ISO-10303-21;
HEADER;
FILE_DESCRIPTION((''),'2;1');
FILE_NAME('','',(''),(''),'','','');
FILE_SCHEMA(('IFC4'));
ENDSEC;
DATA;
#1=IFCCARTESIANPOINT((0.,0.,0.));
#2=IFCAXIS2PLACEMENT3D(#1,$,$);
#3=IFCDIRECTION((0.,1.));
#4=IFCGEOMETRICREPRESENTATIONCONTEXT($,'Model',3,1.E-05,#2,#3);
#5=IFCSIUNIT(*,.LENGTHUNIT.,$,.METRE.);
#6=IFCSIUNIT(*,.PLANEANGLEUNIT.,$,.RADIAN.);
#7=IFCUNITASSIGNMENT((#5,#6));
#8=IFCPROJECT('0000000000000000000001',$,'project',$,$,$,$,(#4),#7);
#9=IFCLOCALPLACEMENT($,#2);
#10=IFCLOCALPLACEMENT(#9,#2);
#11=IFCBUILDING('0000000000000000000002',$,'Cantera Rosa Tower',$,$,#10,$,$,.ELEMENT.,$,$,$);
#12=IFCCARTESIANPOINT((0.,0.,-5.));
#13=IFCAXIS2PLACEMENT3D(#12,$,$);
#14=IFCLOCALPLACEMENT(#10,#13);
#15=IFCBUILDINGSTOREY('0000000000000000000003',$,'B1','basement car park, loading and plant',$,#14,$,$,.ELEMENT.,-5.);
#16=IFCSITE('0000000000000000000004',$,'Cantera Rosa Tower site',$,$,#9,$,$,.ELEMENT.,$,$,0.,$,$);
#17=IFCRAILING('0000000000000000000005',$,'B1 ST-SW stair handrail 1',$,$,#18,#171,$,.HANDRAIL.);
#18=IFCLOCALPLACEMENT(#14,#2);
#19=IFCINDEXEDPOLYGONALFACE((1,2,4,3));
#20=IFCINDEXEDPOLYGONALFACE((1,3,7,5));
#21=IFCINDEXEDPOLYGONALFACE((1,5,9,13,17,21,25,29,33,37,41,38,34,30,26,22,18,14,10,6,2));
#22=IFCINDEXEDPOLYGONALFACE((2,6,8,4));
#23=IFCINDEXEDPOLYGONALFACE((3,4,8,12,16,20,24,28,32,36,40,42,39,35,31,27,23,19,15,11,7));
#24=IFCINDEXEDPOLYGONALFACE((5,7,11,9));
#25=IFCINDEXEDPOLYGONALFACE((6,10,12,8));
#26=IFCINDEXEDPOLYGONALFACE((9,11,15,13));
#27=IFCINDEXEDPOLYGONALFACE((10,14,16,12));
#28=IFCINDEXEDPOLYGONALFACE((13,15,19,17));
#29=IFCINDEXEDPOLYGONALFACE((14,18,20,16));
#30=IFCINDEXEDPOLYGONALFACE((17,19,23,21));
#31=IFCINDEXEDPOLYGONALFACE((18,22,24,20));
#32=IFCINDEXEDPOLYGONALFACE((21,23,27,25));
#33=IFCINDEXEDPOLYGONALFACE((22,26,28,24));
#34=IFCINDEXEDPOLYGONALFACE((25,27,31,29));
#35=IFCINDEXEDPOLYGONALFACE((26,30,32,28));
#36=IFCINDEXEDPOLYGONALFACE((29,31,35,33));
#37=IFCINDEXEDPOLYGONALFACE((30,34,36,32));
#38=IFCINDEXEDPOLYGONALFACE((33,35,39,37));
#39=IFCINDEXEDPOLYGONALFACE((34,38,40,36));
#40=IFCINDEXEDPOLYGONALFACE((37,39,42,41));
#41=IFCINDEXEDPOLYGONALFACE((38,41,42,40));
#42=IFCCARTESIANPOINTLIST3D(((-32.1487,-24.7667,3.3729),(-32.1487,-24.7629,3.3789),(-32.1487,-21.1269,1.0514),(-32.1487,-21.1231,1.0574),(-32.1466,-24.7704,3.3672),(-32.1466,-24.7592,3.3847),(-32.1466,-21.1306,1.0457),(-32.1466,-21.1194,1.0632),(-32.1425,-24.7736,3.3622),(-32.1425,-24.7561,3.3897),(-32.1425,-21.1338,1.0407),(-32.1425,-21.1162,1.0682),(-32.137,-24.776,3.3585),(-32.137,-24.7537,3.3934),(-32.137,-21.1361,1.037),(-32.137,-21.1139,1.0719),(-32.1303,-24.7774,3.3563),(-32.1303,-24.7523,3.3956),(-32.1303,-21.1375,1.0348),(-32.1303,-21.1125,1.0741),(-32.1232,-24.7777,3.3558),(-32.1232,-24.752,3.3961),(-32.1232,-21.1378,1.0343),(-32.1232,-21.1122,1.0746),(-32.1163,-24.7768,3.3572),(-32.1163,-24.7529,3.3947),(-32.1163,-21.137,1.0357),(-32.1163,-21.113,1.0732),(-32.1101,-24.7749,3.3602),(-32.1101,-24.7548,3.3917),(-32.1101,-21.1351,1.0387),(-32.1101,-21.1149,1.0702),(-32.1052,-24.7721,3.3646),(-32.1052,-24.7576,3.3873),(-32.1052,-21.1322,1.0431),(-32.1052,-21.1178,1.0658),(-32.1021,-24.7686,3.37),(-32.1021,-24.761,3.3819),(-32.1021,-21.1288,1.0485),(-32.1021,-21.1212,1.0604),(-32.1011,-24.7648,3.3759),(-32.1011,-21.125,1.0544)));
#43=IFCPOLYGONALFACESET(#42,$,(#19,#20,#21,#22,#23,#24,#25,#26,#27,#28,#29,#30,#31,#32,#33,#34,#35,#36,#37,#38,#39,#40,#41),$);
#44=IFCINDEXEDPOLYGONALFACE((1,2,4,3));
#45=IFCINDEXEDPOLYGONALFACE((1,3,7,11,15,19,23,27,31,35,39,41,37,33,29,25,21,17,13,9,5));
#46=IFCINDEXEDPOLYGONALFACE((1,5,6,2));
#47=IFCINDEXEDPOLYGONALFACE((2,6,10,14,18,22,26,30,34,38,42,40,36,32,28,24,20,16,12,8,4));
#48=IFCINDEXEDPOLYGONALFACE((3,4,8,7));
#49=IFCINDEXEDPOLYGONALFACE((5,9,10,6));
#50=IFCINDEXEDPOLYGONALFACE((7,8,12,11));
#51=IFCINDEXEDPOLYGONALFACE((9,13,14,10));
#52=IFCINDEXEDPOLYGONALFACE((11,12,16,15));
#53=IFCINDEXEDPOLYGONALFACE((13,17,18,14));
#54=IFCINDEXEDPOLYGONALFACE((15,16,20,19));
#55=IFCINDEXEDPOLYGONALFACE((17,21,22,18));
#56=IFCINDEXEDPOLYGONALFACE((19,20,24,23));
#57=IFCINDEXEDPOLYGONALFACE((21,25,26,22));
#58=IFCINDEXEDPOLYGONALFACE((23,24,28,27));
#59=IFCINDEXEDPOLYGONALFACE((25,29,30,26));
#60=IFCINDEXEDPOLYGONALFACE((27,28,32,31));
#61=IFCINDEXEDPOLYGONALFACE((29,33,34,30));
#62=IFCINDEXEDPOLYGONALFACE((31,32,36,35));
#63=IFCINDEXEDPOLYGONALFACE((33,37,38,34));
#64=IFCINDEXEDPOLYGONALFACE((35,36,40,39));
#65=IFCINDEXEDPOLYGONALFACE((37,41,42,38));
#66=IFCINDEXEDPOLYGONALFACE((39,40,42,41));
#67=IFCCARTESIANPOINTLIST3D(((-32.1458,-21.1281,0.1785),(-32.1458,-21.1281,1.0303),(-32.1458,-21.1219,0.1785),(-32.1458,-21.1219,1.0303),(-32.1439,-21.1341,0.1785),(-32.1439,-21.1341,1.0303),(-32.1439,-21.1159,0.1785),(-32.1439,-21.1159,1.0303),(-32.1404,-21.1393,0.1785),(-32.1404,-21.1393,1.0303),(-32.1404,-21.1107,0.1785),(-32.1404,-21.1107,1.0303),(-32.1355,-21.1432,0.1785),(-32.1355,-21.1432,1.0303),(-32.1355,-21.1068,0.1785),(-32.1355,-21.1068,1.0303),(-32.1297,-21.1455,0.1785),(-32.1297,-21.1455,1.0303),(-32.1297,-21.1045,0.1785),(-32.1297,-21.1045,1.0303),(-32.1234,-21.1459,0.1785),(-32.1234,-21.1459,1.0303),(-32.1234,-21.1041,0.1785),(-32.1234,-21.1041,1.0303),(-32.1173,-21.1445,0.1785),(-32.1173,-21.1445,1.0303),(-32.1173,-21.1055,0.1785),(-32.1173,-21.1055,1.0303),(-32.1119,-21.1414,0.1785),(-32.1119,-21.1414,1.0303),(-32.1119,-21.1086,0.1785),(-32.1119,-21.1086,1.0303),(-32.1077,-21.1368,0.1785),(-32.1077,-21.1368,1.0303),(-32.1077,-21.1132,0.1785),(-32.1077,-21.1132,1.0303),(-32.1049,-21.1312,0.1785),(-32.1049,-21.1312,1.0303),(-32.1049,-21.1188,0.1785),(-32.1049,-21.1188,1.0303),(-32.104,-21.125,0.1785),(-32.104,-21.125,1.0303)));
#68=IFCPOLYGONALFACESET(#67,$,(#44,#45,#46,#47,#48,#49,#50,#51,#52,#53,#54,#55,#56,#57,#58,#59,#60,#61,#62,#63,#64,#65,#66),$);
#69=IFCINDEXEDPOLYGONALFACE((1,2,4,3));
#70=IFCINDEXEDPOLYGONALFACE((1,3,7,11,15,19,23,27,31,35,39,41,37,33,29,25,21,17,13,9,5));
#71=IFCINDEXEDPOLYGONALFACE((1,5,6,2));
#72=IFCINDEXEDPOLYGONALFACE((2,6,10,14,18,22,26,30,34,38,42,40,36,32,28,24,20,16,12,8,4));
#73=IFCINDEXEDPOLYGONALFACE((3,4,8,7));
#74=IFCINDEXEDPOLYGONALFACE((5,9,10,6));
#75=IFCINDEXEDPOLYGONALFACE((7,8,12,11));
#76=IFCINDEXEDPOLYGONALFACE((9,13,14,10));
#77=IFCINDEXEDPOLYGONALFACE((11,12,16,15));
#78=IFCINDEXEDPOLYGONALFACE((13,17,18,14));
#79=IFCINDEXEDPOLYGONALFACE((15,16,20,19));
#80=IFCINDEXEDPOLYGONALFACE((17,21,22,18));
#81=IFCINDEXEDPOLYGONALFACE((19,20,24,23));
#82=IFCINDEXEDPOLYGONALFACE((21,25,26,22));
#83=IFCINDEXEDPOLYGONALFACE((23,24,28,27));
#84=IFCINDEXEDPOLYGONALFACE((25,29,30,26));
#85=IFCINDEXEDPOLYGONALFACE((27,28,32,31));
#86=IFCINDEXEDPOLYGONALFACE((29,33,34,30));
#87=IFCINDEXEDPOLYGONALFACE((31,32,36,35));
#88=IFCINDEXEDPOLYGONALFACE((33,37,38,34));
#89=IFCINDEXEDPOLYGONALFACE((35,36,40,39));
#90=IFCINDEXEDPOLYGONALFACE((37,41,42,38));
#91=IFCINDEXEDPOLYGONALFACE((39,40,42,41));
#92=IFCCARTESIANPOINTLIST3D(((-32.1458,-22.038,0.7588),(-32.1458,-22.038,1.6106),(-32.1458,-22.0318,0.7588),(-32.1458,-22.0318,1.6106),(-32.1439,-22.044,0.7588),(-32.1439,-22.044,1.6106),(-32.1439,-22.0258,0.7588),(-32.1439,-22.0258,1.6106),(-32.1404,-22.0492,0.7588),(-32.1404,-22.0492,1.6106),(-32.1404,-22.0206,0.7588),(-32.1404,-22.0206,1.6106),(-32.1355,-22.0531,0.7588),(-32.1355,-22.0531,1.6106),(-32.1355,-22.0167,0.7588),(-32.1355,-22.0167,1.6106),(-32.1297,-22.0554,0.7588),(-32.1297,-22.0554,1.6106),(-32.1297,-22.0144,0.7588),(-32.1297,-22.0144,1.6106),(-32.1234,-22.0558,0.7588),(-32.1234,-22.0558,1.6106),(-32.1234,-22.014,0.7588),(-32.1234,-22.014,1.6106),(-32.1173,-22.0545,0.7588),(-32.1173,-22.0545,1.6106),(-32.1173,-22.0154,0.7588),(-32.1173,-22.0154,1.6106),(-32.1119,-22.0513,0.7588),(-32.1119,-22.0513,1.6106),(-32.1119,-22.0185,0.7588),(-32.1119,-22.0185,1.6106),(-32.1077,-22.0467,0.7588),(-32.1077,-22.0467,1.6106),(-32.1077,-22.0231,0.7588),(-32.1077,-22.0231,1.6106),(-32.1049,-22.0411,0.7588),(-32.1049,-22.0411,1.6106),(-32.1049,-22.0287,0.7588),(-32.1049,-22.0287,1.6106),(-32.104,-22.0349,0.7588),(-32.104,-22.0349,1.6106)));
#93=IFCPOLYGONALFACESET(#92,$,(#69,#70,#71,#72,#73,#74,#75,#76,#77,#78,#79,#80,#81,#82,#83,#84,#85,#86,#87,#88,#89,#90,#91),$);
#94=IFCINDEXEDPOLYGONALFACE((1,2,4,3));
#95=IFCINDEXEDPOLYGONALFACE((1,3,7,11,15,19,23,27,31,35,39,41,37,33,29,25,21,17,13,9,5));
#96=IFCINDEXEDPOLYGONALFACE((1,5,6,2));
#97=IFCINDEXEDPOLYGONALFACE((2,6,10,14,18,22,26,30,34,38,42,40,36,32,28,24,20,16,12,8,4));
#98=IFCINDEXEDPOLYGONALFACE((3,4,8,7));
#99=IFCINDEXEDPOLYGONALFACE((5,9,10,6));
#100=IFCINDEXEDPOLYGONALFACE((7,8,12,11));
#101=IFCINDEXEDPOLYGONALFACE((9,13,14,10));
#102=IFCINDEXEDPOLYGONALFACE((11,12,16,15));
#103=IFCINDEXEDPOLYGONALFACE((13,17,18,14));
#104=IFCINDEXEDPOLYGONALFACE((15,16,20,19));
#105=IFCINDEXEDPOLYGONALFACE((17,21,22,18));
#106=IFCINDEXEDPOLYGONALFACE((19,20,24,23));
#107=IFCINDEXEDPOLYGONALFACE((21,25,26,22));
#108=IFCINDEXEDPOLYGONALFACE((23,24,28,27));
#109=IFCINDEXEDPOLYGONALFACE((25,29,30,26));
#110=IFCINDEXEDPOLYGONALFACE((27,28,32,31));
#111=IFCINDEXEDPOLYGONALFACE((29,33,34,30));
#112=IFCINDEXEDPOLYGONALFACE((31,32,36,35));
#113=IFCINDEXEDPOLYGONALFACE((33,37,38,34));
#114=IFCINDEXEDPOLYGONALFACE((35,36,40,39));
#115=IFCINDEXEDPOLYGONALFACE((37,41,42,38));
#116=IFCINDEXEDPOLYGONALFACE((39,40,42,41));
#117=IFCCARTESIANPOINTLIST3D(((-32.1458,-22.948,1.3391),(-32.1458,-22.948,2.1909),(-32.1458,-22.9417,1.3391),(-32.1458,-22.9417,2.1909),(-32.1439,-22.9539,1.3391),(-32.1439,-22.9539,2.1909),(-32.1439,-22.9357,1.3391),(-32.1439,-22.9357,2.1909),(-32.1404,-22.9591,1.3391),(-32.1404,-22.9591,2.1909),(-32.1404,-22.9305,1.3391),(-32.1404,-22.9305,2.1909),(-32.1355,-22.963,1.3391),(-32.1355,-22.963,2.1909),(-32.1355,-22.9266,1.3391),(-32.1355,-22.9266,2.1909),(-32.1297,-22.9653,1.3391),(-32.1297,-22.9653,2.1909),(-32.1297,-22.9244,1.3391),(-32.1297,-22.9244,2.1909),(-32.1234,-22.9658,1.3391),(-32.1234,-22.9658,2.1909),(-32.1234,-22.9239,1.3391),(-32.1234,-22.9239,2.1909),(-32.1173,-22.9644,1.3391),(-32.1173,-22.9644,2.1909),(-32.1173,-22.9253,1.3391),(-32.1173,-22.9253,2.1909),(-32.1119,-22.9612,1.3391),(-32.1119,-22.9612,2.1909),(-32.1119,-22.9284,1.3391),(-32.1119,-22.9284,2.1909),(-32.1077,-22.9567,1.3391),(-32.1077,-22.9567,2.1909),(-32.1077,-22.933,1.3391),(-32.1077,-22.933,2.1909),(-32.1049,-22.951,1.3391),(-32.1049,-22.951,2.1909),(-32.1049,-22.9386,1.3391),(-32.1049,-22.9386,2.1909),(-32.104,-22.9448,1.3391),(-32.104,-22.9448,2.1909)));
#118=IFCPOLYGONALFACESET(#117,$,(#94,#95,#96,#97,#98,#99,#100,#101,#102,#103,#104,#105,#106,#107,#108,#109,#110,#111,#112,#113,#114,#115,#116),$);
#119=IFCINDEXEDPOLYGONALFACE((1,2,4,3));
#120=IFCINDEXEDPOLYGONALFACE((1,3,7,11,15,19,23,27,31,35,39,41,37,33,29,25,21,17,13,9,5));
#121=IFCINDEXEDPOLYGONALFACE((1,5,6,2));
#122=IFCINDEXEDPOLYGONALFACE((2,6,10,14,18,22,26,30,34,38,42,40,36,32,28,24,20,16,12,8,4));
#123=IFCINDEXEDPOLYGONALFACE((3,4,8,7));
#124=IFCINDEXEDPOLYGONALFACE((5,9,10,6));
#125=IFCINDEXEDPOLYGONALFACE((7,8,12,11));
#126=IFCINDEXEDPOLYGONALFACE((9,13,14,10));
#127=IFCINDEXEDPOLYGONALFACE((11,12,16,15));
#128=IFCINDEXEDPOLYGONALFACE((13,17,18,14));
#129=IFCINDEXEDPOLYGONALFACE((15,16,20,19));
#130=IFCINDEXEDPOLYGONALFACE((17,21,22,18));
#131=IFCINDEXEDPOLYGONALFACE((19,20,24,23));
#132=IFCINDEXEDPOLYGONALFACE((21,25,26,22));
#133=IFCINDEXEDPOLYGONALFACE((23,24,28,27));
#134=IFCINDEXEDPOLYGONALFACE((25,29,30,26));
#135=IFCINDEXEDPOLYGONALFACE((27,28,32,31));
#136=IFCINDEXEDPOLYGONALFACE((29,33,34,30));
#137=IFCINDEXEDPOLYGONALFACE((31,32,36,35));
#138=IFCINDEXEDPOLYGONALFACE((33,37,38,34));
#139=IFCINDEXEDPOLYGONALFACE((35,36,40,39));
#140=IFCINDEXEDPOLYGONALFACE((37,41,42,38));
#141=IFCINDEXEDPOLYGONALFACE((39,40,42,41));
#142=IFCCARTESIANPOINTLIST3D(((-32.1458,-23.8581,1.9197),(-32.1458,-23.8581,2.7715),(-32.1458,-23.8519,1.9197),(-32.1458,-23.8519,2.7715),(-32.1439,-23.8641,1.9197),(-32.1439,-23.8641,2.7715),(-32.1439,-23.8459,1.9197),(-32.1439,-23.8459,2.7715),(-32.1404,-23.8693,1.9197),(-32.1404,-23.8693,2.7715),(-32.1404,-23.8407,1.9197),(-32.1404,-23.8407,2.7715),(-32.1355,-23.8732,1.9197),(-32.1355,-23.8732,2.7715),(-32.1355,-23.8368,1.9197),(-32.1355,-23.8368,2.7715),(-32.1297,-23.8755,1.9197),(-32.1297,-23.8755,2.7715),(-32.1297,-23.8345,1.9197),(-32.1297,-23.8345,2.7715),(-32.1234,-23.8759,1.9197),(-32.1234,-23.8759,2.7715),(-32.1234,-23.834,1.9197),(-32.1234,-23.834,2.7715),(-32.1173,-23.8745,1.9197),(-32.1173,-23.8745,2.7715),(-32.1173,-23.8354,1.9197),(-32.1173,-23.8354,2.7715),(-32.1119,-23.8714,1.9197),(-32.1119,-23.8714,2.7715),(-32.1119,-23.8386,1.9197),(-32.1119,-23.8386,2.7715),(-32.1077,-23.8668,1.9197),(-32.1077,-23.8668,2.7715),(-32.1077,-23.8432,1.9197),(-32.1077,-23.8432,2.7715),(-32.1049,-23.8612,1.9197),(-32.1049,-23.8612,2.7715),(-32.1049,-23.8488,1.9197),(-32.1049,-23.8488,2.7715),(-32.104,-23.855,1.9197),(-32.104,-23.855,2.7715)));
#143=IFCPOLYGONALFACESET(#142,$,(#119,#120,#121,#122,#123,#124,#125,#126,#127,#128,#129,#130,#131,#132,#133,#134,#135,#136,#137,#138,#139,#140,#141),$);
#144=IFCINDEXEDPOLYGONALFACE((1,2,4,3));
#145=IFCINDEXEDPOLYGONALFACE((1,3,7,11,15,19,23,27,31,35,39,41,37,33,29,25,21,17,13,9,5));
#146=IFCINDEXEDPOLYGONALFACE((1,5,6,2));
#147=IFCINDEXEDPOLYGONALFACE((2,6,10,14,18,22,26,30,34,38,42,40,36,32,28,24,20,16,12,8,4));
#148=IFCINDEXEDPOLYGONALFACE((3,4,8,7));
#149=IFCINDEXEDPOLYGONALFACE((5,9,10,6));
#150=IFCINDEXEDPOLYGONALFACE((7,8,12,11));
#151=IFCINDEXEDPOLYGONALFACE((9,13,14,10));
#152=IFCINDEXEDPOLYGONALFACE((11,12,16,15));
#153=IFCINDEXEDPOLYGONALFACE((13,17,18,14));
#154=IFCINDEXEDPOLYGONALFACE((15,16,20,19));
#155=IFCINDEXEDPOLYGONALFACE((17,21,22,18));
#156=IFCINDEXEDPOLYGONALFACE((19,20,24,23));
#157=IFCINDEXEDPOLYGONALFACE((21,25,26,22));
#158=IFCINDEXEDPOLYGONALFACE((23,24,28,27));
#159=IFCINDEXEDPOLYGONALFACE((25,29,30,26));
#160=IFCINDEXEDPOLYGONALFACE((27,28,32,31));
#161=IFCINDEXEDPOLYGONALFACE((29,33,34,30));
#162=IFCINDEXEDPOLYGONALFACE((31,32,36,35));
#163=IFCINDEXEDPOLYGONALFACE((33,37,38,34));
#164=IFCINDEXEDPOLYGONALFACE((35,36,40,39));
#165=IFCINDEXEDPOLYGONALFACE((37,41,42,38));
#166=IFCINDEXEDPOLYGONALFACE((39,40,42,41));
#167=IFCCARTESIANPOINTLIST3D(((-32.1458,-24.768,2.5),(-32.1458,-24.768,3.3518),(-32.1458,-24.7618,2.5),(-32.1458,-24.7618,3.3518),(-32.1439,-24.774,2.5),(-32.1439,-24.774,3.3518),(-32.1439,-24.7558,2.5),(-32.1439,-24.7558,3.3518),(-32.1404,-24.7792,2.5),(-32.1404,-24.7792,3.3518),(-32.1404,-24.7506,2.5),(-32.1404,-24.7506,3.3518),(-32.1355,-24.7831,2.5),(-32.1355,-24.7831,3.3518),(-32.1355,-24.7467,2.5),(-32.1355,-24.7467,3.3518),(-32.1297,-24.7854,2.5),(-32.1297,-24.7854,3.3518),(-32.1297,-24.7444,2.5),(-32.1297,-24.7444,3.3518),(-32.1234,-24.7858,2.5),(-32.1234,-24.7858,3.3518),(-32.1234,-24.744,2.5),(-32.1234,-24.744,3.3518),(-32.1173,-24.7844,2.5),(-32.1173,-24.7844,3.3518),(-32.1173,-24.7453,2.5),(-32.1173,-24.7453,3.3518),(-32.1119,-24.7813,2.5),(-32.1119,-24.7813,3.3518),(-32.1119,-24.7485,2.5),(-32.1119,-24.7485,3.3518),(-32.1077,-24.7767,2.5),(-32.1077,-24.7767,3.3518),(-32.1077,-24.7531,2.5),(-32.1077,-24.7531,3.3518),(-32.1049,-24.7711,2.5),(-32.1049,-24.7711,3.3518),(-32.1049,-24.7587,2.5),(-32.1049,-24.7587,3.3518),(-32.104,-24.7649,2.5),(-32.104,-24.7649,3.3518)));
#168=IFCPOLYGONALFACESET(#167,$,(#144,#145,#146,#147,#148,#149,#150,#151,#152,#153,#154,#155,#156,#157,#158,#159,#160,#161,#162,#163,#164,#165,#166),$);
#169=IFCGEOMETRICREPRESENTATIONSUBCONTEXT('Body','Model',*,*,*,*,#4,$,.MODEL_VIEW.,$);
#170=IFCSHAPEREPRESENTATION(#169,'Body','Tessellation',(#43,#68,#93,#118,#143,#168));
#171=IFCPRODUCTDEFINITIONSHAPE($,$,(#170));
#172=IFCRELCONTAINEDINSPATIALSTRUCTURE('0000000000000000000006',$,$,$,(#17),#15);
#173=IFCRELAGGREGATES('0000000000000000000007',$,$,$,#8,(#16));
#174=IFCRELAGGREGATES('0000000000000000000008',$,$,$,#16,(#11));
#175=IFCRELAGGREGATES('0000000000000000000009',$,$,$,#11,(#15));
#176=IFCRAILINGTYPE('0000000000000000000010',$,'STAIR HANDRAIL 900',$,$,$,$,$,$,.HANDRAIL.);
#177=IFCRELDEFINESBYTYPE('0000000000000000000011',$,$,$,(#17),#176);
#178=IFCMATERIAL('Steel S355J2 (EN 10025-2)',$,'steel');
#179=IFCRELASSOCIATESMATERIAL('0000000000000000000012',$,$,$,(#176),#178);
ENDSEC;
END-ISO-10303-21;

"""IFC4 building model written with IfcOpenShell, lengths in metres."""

from ifc_helpers import new_model, si_unit, direction, frame, origin, origin_2d, place, context, subcontext, project, spatial, circle, extrude, material, type_object, element, save


model = new_model("IFC4")

# Units and contexts
model_context = context("Model", 3, precision=1e-05, world=origin(), true_north=direction((0.0, 1.0)))
body_context = subcontext(model_context, "Body", "Model", "MODEL_VIEW")
ifc_project = project(units=[si_unit("LENGTHUNIT", "METRE"), si_unit("PLANEANGLEUNIT", "RADIAN")], contexts=[model_context])

# Site, building, storey
site_placement = place(None, origin())
site = spatial("IfcSite", under=ifc_project, at=site_placement, Name="Cantera Rosa Tower site", CompositionType="ELEMENT", RefElevation=0.0)
building_placement = place(site_placement, origin())
building = spatial("IfcBuilding", under=site, at=building_placement, Name="Cantera Rosa Tower", CompositionType="ELEMENT")
storey_placement = place(building_placement, frame((0.0, 0.0, -5.0)))
storey = spatial("IfcBuildingStorey", under=building, at=storey_placement, Name="B1", Description="basement car park, loading and plant", CompositionType="ELEMENT", Elevation=-5.0)

# Railing
ifc_material_1 = material(Name="Steel S355J2 (EN 10025-2)", Category="steel")
railing_type_1 = type_object("IfcRailingType", Name="STAIR HANDRAIL 900", PredefinedType="HANDRAIL", material=ifc_material_1)
railing_1_placement = place(storey_placement, frame((-32.125, -21.125, 0.1785)))
element("IfcRailing", 1, at=railing_1_placement, inside=storey, type_object=railing_type_1, Name="B1 ST-SW stair handrail 1", PredefinedType="HANDRAIL", context=body_context, shape_type="SweptSolid", body=[
    extrude(circle(Radius=0.0239, at=origin_2d()), frame((0.0, 0.0, 0.876), z_axis=(0.0, -0.843112, 0.537739), x_axis=(1.0, 0.0, 0.0)), (0.0, 0.0, 1.0), 4.3171),
    extrude(circle(Radius=0.021, at=origin_2d()), origin(), (0.0, 0.0, 1.0), 0.8518),
    extrude(circle(Radius=0.021, at=origin_2d()), frame((0.0, -0.9099, 0.5803)), (0.0, 0.0, 1.0), 0.8518),
    extrude(circle(Radius=0.021, at=origin_2d()), frame((0.0, -1.8198, 1.1606)), (0.0, 0.0, 1.0), 0.8518),
    extrude(circle(Radius=0.021, at=origin_2d()), frame((0.0, -2.73, 1.7412)), (0.0, 0.0, 1.0), 0.8518),
    extrude(circle(Radius=0.021, at=origin_2d()), frame((0.0, -3.6399, 2.3215)), (0.0, 0.0, 1.0), 0.8518),
])

save(model, "model.ifc")
